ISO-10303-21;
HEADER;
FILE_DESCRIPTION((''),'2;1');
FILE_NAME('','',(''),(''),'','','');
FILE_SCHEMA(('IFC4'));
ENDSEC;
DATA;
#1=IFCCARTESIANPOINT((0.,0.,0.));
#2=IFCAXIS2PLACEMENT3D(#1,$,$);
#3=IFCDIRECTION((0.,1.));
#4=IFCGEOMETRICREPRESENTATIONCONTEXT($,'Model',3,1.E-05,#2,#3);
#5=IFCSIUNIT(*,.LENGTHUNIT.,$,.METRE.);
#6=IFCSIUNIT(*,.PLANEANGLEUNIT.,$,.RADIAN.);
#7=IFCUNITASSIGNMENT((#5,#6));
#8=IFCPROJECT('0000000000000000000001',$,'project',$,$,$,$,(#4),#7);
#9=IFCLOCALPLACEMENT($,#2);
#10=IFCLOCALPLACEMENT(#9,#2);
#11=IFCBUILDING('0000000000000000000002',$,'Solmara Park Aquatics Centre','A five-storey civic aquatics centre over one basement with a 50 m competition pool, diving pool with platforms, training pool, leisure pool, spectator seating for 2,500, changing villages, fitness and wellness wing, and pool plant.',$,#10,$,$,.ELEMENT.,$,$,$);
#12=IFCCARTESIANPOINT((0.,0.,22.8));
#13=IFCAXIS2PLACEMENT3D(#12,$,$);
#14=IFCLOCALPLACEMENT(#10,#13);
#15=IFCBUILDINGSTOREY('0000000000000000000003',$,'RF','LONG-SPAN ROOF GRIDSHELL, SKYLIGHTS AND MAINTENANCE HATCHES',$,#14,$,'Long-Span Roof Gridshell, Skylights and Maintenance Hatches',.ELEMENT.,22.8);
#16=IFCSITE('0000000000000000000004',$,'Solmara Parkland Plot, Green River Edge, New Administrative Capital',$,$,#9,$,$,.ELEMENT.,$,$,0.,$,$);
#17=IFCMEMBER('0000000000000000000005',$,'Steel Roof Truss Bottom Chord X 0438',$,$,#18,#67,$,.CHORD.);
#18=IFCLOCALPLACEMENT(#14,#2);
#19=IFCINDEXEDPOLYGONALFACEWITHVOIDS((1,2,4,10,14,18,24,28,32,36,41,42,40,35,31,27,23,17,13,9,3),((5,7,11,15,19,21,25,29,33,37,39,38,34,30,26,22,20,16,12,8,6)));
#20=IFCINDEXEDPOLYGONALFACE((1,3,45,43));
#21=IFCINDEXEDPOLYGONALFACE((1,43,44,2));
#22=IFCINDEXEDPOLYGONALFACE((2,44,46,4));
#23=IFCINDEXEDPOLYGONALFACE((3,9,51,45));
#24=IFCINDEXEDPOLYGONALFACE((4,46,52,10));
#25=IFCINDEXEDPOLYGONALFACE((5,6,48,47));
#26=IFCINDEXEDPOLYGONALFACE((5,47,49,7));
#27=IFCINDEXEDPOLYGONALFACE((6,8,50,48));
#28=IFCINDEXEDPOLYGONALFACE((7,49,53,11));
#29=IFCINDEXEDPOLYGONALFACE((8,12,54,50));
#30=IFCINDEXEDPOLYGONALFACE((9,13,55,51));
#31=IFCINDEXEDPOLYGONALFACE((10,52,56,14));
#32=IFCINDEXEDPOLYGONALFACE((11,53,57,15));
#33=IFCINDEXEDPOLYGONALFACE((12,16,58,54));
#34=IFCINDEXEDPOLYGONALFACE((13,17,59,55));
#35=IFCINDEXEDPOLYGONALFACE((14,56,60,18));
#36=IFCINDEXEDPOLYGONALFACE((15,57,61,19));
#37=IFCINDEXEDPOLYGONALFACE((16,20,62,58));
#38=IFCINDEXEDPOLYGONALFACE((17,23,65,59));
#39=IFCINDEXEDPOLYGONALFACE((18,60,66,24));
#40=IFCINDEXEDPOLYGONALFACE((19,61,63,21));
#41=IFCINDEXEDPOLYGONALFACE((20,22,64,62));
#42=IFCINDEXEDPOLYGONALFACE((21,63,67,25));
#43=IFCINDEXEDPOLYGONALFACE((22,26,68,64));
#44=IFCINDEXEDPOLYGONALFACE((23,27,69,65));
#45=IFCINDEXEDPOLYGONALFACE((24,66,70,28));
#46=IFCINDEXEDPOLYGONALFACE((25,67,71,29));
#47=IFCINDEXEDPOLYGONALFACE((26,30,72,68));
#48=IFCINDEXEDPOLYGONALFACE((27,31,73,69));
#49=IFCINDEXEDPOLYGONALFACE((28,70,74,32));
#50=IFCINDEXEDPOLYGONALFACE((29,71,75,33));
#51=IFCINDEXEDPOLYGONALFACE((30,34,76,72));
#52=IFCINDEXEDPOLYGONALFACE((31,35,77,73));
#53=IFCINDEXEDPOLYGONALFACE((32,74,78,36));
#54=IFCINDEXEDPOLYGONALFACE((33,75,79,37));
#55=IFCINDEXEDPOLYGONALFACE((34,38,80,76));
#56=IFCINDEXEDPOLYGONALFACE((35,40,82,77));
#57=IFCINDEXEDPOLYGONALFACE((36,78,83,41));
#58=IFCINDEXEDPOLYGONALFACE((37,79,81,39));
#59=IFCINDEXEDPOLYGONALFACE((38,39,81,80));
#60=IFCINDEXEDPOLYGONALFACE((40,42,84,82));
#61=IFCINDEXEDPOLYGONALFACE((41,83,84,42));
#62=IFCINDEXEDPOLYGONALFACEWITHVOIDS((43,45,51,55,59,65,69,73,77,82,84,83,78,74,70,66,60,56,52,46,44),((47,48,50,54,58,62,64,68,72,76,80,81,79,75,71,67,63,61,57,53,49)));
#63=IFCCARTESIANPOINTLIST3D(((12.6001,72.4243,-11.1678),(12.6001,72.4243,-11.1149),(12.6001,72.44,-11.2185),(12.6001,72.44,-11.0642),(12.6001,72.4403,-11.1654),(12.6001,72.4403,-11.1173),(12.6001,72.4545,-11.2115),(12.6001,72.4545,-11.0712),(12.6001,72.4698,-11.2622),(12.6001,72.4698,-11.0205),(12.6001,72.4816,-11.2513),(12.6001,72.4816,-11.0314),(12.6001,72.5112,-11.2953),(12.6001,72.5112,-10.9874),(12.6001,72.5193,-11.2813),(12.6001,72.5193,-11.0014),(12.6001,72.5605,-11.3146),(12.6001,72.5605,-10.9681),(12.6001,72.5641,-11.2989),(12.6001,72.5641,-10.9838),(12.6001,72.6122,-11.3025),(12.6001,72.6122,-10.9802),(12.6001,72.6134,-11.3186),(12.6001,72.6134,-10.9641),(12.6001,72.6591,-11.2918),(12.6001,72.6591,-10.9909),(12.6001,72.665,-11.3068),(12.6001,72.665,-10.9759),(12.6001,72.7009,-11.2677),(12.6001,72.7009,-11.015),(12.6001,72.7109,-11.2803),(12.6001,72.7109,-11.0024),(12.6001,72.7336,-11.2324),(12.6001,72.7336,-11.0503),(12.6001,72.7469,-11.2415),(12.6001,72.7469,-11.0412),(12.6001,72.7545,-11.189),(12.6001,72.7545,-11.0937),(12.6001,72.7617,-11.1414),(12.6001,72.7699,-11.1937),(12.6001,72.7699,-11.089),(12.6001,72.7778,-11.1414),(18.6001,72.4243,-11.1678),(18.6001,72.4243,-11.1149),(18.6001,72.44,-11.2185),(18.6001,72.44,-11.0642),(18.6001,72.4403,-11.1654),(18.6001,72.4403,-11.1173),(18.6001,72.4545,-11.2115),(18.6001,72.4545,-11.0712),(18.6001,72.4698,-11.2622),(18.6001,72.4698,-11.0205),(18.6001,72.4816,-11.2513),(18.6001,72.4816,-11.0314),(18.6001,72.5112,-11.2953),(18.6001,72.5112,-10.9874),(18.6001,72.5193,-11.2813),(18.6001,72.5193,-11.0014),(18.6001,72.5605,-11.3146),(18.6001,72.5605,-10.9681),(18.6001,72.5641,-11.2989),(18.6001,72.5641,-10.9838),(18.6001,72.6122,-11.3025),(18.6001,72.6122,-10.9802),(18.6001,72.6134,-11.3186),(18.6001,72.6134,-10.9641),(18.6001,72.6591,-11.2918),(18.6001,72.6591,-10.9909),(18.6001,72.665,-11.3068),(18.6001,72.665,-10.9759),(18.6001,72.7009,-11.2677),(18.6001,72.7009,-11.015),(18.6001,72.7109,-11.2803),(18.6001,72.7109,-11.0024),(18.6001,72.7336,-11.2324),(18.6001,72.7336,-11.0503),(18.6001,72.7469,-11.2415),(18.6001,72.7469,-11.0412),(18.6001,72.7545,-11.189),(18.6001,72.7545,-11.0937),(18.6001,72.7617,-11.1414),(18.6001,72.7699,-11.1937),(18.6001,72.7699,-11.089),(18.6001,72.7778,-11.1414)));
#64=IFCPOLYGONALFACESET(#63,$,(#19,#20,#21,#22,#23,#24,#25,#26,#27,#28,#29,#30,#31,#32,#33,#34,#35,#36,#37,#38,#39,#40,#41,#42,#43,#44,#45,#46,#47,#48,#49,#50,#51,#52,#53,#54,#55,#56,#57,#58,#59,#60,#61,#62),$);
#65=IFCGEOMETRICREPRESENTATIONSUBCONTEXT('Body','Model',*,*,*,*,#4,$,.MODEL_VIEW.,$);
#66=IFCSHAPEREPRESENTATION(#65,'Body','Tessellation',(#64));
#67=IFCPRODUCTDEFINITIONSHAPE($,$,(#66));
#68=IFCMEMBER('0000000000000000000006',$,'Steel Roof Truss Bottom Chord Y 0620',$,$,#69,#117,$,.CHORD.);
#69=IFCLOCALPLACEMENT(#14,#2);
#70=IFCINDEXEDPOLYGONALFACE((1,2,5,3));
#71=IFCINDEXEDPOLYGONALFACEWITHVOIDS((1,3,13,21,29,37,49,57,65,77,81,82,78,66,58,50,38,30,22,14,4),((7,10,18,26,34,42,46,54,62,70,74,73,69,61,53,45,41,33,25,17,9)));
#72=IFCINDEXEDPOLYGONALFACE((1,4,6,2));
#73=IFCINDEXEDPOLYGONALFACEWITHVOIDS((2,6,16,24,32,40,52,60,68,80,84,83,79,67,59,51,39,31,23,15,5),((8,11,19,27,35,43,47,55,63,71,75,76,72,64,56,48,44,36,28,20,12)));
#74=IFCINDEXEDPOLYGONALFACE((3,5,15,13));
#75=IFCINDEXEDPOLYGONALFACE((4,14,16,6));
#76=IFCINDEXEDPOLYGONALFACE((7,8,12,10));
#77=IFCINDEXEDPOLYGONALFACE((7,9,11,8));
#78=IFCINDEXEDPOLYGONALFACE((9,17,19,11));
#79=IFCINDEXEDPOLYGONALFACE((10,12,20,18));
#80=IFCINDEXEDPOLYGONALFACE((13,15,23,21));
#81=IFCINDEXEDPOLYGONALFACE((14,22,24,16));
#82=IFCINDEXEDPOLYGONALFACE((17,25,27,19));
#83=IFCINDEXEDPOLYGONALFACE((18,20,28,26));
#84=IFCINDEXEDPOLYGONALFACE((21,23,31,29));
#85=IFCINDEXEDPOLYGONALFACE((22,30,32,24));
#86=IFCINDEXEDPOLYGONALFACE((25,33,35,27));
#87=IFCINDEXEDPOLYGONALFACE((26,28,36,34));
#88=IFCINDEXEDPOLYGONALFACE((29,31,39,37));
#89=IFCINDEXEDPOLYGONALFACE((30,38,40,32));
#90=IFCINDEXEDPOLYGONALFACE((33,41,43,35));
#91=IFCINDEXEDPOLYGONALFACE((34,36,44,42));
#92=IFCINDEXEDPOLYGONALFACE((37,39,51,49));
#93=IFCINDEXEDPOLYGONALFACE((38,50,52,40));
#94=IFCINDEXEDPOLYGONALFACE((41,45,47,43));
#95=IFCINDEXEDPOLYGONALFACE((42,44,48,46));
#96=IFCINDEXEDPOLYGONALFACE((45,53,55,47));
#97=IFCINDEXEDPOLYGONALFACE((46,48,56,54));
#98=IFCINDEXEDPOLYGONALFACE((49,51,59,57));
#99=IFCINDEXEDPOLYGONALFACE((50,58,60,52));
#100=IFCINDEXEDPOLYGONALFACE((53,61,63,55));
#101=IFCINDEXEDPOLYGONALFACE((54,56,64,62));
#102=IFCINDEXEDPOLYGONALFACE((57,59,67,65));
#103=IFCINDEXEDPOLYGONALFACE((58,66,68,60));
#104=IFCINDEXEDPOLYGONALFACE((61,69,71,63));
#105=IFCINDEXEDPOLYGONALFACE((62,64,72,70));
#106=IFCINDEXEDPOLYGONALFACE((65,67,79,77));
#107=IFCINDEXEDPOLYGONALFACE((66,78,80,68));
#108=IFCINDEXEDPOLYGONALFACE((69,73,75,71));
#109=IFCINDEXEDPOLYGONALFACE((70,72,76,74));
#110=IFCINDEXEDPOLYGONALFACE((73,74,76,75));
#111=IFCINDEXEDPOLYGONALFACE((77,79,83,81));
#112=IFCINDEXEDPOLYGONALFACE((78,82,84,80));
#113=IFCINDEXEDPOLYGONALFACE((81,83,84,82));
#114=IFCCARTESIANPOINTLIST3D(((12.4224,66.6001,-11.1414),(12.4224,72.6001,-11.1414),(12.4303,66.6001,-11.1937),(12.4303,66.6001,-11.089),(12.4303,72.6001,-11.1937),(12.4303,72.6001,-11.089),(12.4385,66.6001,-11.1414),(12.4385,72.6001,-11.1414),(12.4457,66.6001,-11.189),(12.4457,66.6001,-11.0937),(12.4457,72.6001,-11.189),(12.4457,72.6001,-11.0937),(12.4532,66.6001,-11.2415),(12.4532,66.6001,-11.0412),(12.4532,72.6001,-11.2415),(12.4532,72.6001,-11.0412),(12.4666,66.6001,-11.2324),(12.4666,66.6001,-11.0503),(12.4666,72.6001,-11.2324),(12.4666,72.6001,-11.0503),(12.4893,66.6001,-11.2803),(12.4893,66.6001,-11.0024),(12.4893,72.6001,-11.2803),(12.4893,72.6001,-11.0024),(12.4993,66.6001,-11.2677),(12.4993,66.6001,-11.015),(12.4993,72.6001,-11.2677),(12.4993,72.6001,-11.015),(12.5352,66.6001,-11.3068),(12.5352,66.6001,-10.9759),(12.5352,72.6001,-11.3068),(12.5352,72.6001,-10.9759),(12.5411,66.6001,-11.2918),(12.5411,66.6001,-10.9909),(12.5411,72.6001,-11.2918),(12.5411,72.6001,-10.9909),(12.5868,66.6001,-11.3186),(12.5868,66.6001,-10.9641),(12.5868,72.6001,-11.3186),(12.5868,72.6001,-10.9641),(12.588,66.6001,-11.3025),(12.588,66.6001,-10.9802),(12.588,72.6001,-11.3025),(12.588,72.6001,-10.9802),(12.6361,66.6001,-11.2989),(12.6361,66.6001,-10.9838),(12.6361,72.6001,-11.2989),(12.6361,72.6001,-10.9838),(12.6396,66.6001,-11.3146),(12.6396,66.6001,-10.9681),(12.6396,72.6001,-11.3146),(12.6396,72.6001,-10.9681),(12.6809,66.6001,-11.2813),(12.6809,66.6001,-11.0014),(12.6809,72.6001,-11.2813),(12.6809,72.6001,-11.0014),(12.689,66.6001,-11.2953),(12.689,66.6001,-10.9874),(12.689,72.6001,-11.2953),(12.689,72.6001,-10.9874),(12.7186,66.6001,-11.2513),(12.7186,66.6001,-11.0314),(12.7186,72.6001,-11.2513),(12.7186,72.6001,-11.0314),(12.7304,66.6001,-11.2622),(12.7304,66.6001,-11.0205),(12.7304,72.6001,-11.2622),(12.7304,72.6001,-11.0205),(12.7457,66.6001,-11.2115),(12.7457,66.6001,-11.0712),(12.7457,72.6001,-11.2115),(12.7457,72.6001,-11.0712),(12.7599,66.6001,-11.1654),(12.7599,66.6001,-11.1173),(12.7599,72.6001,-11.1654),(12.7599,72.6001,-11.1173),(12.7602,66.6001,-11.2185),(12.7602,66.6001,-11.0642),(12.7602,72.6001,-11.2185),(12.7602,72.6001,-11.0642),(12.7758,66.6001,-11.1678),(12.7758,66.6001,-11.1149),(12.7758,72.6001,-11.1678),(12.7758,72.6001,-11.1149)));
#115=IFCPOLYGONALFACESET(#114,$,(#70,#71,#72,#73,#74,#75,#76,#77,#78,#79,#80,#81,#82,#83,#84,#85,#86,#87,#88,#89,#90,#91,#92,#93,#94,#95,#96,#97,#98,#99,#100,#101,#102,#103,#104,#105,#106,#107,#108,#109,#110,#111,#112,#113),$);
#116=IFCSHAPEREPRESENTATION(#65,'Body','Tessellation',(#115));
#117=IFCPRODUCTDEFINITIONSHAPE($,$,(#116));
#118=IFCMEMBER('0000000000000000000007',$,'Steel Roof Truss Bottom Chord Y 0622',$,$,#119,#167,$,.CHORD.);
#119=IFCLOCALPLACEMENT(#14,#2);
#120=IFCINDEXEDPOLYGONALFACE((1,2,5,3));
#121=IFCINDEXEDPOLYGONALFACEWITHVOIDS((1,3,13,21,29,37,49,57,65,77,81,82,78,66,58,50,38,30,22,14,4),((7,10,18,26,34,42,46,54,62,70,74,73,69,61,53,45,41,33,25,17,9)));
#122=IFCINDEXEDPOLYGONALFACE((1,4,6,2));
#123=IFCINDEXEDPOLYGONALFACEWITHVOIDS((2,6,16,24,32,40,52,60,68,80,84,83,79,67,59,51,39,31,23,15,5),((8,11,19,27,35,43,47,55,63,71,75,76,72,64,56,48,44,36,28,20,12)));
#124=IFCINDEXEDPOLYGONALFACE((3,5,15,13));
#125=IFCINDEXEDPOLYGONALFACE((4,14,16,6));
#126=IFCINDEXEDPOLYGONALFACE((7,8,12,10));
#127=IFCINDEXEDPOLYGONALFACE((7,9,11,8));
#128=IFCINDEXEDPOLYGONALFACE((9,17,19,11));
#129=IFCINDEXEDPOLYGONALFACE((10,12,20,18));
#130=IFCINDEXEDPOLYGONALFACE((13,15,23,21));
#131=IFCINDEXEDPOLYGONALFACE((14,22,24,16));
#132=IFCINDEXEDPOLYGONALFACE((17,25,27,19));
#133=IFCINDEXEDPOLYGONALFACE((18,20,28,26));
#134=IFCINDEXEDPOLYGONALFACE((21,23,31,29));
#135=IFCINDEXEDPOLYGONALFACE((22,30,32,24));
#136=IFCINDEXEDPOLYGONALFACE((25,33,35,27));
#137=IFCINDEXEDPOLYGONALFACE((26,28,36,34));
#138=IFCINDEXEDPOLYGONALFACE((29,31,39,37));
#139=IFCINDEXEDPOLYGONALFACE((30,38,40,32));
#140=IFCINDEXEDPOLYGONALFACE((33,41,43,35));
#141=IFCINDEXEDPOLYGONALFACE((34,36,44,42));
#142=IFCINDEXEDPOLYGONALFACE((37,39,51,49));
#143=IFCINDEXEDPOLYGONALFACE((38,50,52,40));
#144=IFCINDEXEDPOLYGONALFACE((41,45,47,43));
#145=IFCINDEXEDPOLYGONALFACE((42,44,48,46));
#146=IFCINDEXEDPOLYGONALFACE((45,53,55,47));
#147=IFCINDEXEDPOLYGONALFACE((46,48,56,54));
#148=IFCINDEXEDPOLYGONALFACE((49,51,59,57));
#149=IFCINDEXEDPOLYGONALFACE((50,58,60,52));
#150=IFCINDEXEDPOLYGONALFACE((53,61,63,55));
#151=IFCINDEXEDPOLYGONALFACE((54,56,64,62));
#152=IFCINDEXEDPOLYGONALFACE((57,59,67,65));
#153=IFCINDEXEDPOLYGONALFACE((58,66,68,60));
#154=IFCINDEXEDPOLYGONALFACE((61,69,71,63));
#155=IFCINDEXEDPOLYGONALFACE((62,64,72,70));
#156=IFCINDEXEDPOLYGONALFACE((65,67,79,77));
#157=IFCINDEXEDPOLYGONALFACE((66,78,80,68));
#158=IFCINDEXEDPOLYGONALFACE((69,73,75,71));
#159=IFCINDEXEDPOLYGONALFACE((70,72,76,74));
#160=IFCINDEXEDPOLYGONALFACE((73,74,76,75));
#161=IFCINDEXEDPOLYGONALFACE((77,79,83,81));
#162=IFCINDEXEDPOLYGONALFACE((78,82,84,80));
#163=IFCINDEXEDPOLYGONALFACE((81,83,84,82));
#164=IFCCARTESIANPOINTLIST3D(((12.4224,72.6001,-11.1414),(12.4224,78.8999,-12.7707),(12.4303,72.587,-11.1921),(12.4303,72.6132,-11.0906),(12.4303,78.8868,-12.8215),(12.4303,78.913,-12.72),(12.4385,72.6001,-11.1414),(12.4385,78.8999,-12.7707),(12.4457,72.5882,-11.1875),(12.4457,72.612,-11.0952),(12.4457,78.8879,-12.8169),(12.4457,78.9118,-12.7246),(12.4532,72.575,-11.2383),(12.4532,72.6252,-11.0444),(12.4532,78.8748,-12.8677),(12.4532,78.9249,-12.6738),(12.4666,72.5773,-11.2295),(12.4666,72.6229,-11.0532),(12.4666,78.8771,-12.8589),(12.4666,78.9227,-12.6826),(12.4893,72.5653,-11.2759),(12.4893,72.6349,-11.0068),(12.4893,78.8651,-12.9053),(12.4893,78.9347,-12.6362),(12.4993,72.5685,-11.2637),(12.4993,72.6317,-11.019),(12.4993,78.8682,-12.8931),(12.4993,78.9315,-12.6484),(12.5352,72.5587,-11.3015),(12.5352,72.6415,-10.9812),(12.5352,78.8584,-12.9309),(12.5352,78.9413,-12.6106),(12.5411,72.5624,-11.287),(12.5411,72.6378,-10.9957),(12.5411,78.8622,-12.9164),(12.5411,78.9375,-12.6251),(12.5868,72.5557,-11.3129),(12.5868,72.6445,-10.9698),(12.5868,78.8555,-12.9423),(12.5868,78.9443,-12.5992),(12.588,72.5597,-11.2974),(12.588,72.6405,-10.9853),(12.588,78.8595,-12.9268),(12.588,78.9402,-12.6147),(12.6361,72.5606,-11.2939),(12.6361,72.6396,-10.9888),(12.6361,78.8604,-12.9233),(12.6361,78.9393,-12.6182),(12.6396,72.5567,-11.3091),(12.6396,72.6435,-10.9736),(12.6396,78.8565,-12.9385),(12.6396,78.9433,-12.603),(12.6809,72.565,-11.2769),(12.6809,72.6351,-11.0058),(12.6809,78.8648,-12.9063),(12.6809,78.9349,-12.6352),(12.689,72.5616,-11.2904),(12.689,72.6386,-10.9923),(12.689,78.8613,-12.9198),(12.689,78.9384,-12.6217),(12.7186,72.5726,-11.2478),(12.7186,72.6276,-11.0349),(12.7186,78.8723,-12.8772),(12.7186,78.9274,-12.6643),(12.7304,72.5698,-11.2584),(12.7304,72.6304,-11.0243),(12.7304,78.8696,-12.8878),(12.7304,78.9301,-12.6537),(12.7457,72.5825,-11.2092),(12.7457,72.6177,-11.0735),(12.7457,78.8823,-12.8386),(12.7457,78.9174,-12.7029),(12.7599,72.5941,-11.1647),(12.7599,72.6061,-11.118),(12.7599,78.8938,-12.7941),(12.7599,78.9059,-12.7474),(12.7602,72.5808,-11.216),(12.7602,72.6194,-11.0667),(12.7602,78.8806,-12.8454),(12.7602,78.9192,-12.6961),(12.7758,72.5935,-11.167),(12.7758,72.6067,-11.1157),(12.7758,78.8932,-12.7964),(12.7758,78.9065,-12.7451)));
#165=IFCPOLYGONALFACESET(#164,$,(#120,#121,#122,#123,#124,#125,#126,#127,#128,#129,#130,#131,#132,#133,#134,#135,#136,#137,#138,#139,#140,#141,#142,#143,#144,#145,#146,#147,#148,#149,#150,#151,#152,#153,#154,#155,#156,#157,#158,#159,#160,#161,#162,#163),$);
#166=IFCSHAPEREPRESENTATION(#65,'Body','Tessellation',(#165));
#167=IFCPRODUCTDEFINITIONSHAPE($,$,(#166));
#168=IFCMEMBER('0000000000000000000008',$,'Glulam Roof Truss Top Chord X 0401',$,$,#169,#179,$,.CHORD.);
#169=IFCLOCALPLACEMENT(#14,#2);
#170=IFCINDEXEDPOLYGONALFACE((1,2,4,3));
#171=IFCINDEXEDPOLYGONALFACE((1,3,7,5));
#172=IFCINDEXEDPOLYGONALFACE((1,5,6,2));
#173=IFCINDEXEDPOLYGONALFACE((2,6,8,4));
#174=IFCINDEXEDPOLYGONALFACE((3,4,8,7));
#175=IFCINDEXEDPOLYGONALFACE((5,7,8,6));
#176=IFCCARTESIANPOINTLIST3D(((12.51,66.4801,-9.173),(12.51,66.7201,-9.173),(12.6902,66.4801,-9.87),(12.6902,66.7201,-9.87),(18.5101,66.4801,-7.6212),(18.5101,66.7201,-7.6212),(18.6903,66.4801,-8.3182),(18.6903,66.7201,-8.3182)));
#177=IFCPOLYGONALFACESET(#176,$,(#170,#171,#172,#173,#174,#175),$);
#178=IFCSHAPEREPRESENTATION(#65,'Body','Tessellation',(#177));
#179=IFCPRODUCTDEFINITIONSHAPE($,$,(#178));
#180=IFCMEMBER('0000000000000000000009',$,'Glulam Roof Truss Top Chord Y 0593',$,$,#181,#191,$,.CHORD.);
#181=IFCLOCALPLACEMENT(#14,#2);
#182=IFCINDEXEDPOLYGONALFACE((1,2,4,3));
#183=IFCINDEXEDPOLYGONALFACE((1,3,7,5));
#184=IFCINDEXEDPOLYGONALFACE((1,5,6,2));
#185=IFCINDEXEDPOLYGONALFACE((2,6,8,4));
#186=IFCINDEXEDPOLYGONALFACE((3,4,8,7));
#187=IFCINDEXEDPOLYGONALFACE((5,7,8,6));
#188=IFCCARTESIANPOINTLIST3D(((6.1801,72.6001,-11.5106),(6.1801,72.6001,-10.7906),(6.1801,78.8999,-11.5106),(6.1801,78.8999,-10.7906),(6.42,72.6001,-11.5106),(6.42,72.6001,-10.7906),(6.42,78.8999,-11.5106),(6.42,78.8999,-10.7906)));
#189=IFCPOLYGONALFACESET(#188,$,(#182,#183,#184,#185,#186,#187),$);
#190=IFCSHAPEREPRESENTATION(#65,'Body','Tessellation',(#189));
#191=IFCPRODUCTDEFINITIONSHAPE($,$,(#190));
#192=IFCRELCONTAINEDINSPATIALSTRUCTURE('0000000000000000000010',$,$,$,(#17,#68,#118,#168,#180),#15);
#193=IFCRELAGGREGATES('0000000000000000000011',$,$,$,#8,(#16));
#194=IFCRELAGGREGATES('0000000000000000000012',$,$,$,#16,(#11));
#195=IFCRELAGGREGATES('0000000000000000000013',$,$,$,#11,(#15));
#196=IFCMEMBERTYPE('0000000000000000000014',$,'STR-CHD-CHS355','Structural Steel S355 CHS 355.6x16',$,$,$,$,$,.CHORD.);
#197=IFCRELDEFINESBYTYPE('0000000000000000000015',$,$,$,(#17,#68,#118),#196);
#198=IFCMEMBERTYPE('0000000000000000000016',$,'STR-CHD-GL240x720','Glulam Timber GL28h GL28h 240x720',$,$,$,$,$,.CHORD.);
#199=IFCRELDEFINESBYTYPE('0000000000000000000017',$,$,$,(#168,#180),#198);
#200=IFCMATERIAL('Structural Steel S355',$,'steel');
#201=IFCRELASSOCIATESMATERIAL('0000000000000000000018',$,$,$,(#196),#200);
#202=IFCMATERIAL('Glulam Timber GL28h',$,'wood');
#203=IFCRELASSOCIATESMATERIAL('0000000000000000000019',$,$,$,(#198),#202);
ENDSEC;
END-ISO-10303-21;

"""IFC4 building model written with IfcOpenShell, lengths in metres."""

from ifc_helpers import new_model, si_unit, direction, frame, origin, origin_2d, place, context, subcontext, project, spatial, rectangle, hollow_circle, extrude, material, material_profile, profile_set, type_object, element, save


model = new_model("IFC4")

# Units and contexts
model_context = context("Model", 3, precision=1e-05, world=origin(), true_north=direction((0.0, 1.0)))
body_context = subcontext(model_context, "Body", "Model", "MODEL_VIEW")
ifc_project = project(units=[si_unit("LENGTHUNIT", "METRE"), si_unit("PLANEANGLEUNIT", "RADIAN")], contexts=[model_context])

# Site, building, storey
site_placement = place(None, origin())
site = spatial("IfcSite", under=ifc_project, at=site_placement, Name="Solmara Parkland Plot, Green River Edge, New Administrative Capital", CompositionType="ELEMENT", RefElevation=0.0)
building_placement = place(site_placement, origin())
building = spatial("IfcBuilding", under=site, at=building_placement, Name="Solmara Park Aquatics Centre", Description="A five-storey civic aquatics centre over one basement with a 50 m competition pool, diving pool with platforms, training pool, leisure pool, spectator seating for 2,500, changing villages, fitness and wellness wing, and pool plant.", CompositionType="ELEMENT")
storey_placement = place(building_placement, frame((0.0, 0.0, 22.8)))
storey = spatial("IfcBuildingStorey", under=building, at=storey_placement, Name="RF", Description="LONG-SPAN ROOF GRIDSHELL, SKYLIGHTS AND MAINTENANCE HATCHES", LongName="Long-Span Roof Gridshell, Skylights and Maintenance Hatches", CompositionType="ELEMENT", Elevation=22.8)

# Members
ifc_material_1 = material(Name="Structural Steel S355", Category="steel")
ifc_material_profile_1 = material_profile(ifc_material_1, hollow_circle(Radius=0.1777, WallThickness=0.0161, at=origin_2d()), Name="CHS 355.6x16")
ifc_profile_set_1 = profile_set([ifc_material_profile_1], Name="Structural Steel S355")
member_type_1 = type_object("IfcMemberType", Name="STR-CHD-CHS355", Description="Structural Steel S355 CHS 355.6x16", PredefinedType="CHORD", material=ifc_profile_set_1)
for number, where, z_axis, x_axis, name in (
    (1, (12.6001, 72.6001, -11.1414), (1.0, 0.0, 0.0), (0.0, 1.0, 0.0), "Steel Roof Truss Bottom Chord X 0438"),
    (2, (12.6001, 66.6001, -11.1414), (0.0, 1.0, 0.0), (-1.0, 0.0, 0.0), "Steel Roof Truss Bottom Chord Y 0620"),
):
    element("IfcMember", number, at=place(storey_placement, frame(where, z_axis=z_axis, x_axis=x_axis)), inside=storey, type_object=member_type_1, Name=name, PredefinedType="CHORD", context=body_context, shape_type="SweptSolid", body=[
        extrude(hollow_circle(Radius=0.1777, WallThickness=0.0161, at=origin_2d()), origin(), (0.0, 0.0, 1.0), 6.0),
    ])
member_1_placement = place(storey_placement, frame((12.6001, 72.6001, -11.1414), z_axis=(0.0, 0.968142, -0.250402), x_axis=(-1.0, 0.0, 0.0)))
element("IfcMember", 3, at=member_1_placement, inside=storey, type_object=member_type_1, Name="Steel Roof Truss Bottom Chord Y 0622", PredefinedType="CHORD", context=body_context, shape_type="SweptSolid", body=[
    extrude(hollow_circle(Radius=0.1777, WallThickness=0.0161, at=origin_2d()), origin(), (0.0, 0.0, 1.0), 6.5071),
])
ifc_material_2 = material(Name="Glulam Timber GL28h", Category="wood")
ifc_material_profile_2 = material_profile(ifc_material_2, rectangle(XDim=0.24, YDim=0.72, at=origin_2d()), Name="GL28h 240x720")
ifc_profile_set_2 = profile_set([ifc_material_profile_2], Name="Glulam Timber GL28h")
member_type_2 = type_object("IfcMemberType", Name="STR-CHD-GL240x720", Description="Glulam Timber GL28h GL28h 240x720", PredefinedType="CHORD", material=ifc_profile_set_2)
member_2_placement = place(storey_placement, frame((12.6001, 66.6001, -9.5215), z_axis=(0.968146, 0.0, 0.250388), x_axis=(0.0, 1.0, 0.0)))
element("IfcMember", 4, at=member_2_placement, inside=storey, type_object=member_type_2, Name="Glulam Roof Truss Top Chord X 0401", PredefinedType="CHORD", context=body_context, shape_type="SweptSolid", body=[
    extrude(rectangle(XDim=0.24, YDim=0.72, at=origin_2d()), origin(), (0.0, 0.0, 1.0), 6.1975),
])
member_3_placement = place(storey_placement, frame((6.3, 72.6001, -11.1506), z_axis=(0.0, 1.0, 0.0), x_axis=(-1.0, 0.0, 0.0)))
element("IfcMember", 5, at=member_3_placement, inside=storey, type_object=member_type_2, Name="Glulam Roof Truss Top Chord Y 0593", PredefinedType="CHORD", context=body_context, shape_type="SweptSolid", body=[
    extrude(rectangle(XDim=0.24, YDim=0.72, at=origin_2d()), origin(), (0.0, 0.0, 1.0), 6.2998),
])

save(model, "model.ifc")
